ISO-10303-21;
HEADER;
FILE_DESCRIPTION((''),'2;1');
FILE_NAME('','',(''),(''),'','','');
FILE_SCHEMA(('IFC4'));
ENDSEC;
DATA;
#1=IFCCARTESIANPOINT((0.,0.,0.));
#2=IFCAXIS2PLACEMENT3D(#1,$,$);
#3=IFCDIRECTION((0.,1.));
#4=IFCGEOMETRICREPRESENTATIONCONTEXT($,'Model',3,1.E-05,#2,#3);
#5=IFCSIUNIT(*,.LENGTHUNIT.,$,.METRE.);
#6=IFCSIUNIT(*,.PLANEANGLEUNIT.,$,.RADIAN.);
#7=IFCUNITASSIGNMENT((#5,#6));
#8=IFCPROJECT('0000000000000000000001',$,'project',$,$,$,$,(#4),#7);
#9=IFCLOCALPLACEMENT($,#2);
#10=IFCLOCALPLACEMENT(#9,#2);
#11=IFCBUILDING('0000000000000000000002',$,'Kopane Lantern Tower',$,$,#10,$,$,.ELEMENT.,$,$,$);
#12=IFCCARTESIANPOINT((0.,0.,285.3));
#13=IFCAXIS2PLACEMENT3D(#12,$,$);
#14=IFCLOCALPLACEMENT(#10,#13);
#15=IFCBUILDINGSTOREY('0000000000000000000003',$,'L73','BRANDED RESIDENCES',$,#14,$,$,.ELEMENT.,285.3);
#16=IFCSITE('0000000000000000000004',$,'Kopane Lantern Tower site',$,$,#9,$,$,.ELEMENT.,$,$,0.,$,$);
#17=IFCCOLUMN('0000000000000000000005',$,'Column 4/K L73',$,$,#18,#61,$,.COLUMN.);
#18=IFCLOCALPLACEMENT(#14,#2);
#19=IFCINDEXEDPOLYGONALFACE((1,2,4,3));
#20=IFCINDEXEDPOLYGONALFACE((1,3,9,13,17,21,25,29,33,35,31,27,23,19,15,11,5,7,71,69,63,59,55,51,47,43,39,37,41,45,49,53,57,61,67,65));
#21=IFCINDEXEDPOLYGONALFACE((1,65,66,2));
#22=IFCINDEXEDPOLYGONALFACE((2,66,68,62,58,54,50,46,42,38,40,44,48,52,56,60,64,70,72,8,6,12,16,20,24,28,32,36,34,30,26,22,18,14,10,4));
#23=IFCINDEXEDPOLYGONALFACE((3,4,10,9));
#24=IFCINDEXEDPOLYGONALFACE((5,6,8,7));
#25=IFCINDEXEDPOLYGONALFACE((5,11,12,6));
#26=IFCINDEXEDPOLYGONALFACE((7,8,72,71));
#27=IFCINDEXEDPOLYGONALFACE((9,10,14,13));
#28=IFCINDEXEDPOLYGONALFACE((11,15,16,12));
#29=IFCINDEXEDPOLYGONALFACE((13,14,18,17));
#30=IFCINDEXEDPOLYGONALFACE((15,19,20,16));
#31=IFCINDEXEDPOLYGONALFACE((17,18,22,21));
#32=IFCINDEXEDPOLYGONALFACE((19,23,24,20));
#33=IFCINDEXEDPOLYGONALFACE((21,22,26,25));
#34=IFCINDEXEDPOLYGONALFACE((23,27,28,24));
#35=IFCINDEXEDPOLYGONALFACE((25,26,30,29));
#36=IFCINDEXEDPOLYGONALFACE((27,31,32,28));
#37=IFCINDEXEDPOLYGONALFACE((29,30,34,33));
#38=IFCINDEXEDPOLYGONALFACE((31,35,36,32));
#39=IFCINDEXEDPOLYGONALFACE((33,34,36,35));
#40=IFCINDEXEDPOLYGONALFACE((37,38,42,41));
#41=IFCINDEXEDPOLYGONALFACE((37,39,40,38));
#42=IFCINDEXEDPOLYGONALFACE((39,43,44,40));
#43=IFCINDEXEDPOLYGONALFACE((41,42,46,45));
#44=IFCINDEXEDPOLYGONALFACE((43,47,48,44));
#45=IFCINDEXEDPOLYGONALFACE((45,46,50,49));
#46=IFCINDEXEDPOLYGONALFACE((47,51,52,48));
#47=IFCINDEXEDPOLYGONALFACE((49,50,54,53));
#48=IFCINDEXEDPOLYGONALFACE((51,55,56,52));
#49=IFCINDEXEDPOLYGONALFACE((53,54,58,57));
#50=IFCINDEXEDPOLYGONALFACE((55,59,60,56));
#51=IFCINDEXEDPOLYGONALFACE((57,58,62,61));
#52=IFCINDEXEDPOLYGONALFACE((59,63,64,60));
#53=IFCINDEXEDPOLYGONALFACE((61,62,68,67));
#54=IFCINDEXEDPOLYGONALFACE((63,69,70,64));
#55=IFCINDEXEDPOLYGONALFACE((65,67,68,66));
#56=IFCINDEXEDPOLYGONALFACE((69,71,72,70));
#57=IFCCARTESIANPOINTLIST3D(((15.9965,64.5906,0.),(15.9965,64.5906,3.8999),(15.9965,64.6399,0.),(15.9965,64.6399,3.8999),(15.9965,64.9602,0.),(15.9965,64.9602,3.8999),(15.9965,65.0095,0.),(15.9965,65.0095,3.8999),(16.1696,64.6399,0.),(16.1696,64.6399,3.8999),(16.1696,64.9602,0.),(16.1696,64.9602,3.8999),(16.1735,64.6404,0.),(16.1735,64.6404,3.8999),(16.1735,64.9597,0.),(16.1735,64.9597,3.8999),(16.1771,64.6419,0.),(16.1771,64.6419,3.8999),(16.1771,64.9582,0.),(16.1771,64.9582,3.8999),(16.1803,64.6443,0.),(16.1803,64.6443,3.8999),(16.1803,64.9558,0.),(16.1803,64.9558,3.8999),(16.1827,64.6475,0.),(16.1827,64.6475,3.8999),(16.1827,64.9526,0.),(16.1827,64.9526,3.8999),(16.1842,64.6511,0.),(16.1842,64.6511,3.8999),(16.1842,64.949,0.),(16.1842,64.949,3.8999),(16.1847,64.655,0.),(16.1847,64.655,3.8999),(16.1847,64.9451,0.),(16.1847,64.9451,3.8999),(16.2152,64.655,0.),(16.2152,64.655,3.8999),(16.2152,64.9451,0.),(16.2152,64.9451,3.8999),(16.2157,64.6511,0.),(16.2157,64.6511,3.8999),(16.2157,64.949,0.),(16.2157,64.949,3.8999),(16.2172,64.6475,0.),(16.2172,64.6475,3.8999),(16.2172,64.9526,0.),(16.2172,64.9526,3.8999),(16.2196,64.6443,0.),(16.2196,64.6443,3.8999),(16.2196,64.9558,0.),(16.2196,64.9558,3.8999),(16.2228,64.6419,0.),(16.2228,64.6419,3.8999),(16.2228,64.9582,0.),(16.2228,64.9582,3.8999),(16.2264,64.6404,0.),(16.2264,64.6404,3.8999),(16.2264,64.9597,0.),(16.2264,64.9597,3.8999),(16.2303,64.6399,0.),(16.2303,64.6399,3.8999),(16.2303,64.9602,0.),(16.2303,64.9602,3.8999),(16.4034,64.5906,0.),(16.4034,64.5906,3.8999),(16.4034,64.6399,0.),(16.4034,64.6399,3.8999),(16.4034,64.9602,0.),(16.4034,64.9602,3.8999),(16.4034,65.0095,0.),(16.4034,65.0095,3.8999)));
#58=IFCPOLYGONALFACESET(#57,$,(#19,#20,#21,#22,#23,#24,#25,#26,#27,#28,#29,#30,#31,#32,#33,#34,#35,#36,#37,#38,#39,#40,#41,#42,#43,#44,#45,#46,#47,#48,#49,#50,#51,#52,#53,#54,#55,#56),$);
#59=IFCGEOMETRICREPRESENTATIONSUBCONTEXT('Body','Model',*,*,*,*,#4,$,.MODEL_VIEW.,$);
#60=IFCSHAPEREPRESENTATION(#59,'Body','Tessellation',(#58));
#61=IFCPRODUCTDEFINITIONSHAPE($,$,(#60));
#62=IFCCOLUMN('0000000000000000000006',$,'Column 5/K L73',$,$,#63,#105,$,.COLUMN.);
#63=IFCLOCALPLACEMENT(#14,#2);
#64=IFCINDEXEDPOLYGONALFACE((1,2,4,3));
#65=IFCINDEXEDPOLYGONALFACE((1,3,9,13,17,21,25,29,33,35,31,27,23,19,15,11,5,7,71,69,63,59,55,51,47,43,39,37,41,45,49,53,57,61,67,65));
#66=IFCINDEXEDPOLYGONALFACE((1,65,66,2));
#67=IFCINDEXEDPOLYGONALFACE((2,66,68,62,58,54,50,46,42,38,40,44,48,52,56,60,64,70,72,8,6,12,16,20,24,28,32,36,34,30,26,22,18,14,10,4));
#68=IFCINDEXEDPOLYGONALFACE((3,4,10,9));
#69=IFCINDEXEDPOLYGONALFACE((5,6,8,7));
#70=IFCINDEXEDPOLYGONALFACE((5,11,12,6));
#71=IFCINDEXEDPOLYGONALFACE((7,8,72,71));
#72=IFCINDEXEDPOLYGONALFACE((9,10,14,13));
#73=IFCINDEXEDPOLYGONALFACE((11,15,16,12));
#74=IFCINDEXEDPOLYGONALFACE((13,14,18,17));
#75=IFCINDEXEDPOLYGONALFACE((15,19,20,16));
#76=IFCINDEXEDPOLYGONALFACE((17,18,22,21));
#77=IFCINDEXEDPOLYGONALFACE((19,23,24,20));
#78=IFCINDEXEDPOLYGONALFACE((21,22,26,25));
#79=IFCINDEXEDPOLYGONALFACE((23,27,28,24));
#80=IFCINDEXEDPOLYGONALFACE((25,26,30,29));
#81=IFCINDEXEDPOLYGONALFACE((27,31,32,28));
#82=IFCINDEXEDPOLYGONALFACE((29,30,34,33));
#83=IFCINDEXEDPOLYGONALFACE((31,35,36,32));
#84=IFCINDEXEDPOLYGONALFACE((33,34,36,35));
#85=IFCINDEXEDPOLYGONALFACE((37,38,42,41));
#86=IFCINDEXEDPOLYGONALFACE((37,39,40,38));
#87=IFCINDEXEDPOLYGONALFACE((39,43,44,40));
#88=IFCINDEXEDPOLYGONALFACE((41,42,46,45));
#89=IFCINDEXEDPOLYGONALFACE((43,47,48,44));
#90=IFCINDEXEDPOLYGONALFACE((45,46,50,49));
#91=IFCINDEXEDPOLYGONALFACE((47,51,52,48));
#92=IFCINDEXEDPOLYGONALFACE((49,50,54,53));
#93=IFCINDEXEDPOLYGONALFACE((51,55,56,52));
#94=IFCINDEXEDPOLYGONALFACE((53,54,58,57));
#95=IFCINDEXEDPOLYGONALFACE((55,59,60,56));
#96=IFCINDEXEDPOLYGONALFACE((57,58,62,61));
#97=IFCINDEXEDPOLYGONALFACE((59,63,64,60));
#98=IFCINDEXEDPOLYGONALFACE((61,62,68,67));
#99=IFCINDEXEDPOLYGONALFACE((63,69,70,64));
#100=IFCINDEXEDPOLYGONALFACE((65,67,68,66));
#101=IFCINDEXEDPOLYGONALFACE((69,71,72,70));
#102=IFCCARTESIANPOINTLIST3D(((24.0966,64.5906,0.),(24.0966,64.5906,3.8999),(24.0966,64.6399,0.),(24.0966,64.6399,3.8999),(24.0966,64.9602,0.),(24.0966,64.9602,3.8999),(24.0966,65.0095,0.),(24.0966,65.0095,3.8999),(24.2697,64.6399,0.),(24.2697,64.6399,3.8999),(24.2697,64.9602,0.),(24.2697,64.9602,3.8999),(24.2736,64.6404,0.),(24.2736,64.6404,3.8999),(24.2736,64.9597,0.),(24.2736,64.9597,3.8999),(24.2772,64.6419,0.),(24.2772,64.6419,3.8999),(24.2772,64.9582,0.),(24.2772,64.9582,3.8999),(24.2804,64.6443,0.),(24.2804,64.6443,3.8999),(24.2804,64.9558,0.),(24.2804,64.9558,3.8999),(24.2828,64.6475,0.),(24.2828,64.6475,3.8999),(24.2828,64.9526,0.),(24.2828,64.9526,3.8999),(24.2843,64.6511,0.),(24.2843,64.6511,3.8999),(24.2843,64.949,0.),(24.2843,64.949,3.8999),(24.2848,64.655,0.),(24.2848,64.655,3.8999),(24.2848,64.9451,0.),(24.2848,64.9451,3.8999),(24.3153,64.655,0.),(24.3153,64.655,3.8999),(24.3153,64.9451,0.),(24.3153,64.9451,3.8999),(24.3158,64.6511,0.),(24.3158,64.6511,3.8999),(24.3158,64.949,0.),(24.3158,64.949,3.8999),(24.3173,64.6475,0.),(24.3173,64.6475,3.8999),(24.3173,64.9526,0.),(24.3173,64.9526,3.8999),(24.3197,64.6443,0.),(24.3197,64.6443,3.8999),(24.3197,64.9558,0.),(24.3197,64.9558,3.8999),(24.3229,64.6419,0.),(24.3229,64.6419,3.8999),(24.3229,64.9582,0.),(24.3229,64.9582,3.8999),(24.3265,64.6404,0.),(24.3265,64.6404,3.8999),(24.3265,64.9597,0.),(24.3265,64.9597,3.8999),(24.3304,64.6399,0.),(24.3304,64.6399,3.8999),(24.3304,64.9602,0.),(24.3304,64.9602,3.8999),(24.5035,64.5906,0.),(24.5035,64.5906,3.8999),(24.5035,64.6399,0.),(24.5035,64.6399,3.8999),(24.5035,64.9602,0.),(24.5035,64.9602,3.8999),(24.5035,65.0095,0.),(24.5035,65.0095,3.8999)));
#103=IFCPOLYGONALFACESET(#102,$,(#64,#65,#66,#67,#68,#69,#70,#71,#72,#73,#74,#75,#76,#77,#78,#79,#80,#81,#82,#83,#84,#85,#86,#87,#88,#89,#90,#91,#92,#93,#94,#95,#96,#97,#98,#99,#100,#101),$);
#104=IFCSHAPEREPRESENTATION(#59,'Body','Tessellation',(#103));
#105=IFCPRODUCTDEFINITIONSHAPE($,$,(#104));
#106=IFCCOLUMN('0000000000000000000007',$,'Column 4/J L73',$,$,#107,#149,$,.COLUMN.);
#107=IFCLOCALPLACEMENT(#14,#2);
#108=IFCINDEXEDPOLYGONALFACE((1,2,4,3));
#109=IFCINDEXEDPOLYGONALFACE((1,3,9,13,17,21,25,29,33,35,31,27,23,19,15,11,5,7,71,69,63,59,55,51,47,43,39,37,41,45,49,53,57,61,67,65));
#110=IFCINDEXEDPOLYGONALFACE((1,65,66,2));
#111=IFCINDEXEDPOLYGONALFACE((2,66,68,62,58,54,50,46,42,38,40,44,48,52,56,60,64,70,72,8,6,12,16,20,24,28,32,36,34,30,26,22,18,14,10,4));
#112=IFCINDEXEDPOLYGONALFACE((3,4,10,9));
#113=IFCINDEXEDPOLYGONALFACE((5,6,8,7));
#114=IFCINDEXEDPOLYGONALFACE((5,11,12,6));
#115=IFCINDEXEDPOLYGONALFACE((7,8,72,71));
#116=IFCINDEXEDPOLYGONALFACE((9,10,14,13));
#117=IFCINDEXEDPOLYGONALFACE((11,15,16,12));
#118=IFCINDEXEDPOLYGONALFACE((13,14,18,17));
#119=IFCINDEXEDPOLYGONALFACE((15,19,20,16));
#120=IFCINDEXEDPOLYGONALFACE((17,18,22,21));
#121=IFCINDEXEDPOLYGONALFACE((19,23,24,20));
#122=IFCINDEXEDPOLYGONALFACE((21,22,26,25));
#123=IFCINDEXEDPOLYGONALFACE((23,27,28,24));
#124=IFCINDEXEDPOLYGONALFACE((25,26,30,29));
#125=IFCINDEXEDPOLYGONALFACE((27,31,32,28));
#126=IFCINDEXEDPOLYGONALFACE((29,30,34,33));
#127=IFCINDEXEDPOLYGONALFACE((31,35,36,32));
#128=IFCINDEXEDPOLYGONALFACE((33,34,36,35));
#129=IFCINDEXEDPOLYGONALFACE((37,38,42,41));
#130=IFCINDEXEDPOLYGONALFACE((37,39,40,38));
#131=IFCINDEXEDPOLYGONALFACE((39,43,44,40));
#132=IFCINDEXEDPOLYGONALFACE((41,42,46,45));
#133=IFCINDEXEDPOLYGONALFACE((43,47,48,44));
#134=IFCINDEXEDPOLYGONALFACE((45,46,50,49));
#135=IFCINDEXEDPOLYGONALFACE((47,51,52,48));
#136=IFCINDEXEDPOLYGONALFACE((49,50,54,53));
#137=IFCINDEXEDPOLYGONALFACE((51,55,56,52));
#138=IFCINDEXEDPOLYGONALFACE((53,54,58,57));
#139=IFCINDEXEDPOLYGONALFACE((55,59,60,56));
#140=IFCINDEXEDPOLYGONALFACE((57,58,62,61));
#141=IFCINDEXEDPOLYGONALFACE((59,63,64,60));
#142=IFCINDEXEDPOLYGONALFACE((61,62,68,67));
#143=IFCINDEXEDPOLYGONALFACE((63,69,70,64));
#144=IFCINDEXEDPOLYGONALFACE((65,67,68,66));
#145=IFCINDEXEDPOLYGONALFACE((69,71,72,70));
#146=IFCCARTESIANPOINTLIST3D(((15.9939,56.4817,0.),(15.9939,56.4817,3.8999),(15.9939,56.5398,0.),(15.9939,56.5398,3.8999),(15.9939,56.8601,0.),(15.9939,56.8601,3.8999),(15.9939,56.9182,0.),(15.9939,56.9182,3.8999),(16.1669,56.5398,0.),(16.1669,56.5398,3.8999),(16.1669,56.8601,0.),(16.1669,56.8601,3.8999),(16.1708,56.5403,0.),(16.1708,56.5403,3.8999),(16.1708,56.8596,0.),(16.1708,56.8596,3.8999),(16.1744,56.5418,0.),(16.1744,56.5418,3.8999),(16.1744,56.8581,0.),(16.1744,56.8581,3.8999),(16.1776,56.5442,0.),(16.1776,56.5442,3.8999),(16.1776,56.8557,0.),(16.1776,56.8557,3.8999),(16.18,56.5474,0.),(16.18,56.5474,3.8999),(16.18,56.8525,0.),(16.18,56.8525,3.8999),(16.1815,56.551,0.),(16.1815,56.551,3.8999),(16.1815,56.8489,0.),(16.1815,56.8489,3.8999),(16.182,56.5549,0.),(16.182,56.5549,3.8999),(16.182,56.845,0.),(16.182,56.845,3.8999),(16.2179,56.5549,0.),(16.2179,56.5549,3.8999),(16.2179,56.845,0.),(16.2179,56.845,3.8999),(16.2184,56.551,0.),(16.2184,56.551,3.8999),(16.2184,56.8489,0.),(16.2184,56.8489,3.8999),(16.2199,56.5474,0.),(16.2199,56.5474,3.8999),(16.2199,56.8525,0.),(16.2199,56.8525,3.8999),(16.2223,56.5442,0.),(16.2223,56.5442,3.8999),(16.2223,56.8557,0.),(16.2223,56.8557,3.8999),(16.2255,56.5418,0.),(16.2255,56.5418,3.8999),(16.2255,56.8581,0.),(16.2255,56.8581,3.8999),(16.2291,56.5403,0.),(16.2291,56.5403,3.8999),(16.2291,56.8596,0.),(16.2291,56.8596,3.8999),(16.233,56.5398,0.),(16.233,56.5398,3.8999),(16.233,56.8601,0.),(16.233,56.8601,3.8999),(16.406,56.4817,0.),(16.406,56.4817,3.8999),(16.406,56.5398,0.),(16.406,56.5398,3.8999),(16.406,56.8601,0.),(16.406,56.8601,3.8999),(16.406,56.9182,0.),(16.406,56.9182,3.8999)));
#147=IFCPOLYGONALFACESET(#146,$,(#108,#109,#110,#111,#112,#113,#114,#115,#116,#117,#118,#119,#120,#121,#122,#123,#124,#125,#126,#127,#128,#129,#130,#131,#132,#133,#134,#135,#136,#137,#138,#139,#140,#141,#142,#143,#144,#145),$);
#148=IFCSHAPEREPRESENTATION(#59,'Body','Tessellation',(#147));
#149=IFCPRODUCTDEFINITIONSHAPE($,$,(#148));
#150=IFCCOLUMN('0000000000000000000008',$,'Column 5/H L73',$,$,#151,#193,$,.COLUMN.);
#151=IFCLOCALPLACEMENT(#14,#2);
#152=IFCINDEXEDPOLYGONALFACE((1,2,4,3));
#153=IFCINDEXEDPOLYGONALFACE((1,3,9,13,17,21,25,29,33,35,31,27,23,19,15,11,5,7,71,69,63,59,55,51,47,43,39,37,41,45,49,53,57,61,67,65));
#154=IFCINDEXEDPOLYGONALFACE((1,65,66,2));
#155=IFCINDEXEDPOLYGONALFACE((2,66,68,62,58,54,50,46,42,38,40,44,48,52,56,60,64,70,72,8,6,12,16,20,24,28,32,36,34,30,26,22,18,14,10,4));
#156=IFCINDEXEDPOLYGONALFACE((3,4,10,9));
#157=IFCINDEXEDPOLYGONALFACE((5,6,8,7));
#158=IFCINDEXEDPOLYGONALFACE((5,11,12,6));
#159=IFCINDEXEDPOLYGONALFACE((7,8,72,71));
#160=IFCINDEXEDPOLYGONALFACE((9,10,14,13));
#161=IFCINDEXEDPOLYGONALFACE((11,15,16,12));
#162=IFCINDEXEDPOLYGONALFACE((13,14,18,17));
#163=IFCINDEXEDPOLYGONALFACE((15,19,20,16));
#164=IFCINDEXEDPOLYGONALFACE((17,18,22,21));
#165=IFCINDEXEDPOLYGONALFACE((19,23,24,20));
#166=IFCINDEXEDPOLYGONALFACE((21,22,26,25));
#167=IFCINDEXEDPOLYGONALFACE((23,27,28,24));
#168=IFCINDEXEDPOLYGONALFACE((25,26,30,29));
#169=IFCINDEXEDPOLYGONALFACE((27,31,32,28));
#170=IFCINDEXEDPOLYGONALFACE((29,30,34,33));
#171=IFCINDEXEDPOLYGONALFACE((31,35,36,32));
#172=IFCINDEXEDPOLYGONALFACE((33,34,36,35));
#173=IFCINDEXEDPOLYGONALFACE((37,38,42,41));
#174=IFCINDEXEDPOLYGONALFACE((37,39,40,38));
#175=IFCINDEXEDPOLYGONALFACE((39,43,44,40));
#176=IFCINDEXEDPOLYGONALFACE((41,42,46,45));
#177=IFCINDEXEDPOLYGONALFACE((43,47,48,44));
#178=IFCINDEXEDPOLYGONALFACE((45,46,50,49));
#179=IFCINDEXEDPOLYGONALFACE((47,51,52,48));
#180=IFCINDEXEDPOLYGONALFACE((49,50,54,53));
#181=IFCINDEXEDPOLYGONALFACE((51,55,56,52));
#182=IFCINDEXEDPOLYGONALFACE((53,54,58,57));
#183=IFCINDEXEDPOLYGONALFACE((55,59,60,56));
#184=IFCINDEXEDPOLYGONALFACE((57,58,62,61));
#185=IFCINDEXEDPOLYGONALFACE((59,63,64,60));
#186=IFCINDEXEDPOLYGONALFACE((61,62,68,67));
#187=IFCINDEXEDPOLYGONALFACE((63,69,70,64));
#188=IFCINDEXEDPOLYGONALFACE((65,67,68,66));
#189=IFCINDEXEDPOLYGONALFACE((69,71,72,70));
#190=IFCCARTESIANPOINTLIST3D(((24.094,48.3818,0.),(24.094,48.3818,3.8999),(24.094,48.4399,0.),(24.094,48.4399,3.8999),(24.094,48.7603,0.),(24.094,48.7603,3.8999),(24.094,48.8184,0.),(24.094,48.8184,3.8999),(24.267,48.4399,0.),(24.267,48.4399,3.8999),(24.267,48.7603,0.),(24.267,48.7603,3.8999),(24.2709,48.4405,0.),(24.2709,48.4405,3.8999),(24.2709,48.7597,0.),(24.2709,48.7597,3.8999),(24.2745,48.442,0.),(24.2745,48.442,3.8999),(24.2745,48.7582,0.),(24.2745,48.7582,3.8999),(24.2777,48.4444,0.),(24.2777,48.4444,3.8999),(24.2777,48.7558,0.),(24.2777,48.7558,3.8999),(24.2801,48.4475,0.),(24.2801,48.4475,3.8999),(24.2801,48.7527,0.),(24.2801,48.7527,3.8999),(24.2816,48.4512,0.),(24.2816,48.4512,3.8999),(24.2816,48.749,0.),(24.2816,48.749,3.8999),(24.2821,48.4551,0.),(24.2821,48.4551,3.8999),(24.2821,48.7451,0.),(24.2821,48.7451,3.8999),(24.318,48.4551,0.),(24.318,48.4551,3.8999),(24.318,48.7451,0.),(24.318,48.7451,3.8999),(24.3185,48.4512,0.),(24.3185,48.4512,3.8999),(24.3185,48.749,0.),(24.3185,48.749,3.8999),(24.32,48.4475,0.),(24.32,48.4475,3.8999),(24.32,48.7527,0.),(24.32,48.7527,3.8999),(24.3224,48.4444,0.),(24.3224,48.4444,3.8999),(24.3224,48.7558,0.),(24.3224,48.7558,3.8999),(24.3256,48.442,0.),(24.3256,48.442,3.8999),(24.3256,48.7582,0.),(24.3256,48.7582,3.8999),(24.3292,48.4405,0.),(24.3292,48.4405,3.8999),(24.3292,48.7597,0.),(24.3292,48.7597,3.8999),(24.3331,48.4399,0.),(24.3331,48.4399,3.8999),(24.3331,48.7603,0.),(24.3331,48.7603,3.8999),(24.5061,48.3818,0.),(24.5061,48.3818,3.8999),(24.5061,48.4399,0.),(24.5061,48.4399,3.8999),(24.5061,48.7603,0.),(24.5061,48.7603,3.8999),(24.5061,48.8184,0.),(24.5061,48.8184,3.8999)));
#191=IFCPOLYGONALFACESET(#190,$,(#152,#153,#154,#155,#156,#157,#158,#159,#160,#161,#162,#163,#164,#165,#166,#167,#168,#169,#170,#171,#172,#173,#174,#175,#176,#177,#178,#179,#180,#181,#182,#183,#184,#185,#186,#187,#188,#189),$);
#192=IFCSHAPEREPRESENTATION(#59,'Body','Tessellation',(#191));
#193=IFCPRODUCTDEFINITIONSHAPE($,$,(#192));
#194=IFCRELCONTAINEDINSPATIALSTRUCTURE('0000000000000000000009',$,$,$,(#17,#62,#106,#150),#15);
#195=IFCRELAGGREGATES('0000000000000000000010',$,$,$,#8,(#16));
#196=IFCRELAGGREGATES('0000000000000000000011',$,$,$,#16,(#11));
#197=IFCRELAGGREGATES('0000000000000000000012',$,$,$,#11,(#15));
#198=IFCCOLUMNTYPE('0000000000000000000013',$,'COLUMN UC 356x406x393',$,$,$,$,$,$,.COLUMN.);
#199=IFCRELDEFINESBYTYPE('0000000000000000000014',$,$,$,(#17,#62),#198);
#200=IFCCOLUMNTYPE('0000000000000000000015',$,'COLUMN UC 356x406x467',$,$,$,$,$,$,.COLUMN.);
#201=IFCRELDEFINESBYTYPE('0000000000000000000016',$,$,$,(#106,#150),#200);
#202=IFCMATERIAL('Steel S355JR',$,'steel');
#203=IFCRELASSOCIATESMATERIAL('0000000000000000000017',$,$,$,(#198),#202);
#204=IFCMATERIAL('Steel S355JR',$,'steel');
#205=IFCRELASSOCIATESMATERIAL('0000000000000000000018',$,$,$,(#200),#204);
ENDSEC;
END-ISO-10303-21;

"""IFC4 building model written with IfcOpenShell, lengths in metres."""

from ifc_helpers import new_model, si_unit, direction, frame, origin, origin_2d, place, context, subcontext, project, spatial, i_section, extrude, material, material_profile, profile_set, type_object, element, save


model = new_model("IFC4")

# Units and contexts
model_context = context("Model", 3, precision=1e-05, world=origin(), true_north=direction((0.0, 1.0)))
body_context = subcontext(model_context, "Body", "Model", "MODEL_VIEW")
ifc_project = project(units=[si_unit("LENGTHUNIT", "METRE"), si_unit("PLANEANGLEUNIT", "RADIAN")], contexts=[model_context])

# Site, building, storey
site_placement = place(None, origin())
site = spatial("IfcSite", under=ifc_project, at=site_placement, Name="Kopane Lantern Tower site", CompositionType="ELEMENT", RefElevation=0.0)
building_placement = place(site_placement, origin())
building = spatial("IfcBuilding", under=site, at=building_placement, Name="Kopane Lantern Tower", CompositionType="ELEMENT")
storey_placement = place(building_placement, frame((0.0, 0.0, 285.3)))
storey = spatial("IfcBuildingStorey", under=building, at=storey_placement, Name="L73", Description="BRANDED RESIDENCES", CompositionType="ELEMENT", Elevation=285.3)

# Columns
ifc_material_1 = material(Name="Steel S355JR", Category="steel")
ifc_material_profile_1 = material_profile(ifc_material_1, i_section(OverallWidth=0.407, OverallDepth=0.4189, WebThickness=0.0305, FlangeThickness=0.0493, FilletRadius=0.0151, at=origin_2d()), Name="UC 356x406x393")
ifc_profile_set_1 = profile_set([ifc_material_profile_1], Name="Steel S355JR")
column_type_1 = type_object("IfcColumnType", Name="COLUMN UC 356x406x393", PredefinedType="COLUMN", material=ifc_profile_set_1)
for number, where, z_axis, x_axis, name in (
    (1, (16.2, 64.8, 0.0), (0.0, 0.0, 1.0), (1.0, 0.0, 0.0), "Column 4/K L73"),
    (2, (24.3, 64.8, 0.0), (0.0, 0.0, 1.0), (1.0, 0.0, 0.0), "Column 5/K L73"),
):
    element("IfcColumn", number, at=place(storey_placement, frame(where, z_axis=z_axis, x_axis=x_axis)), inside=storey, type_object=column_type_1, Name=name, PredefinedType="COLUMN", context=body_context, shape_type="SweptSolid", body=[
        extrude(i_section(OverallWidth=0.407, OverallDepth=0.4189, WebThickness=0.0305, FlangeThickness=0.0493, FilletRadius=0.0151, at=origin_2d()), origin(), (0.0, 0.0, 1.0), 3.8999),
    ])
ifc_material_2 = material(Name="Steel S355JR", Category="steel")
ifc_material_profile_2 = material_profile(ifc_material_2, i_section(OverallWidth=0.4121, OverallDepth=0.4365, WebThickness=0.0359, FlangeThickness=0.0581, FilletRadius=0.0151, at=origin_2d()), Name="UC 356x406x467")
ifc_profile_set_2 = profile_set([ifc_material_profile_2], Name="Steel S355JR")
column_type_2 = type_object("IfcColumnType", Name="COLUMN UC 356x406x467", PredefinedType="COLUMN", material=ifc_profile_set_2)
for number, where, z_axis, x_axis, name in (
    (3, (16.2, 56.7, 0.0), (0.0, 0.0, 1.0), (1.0, 0.0, 0.0), "Column 4/J L73"),
    (4, (24.3, 48.6001, 0.0), (0.0, 0.0, 1.0), (1.0, 0.0, 0.0), "Column 5/H L73"),
):
    element("IfcColumn", number, at=place(storey_placement, frame(where, z_axis=z_axis, x_axis=x_axis)), inside=storey, type_object=column_type_2, Name=name, PredefinedType="COLUMN", context=body_context, shape_type="SweptSolid", body=[
        extrude(i_section(OverallWidth=0.4121, OverallDepth=0.4365, WebThickness=0.0359, FlangeThickness=0.0581, FilletRadius=0.0151, at=origin_2d()), origin(), (0.0, 0.0, 1.0), 3.8999),
    ])

save(model, "model.ifc")
